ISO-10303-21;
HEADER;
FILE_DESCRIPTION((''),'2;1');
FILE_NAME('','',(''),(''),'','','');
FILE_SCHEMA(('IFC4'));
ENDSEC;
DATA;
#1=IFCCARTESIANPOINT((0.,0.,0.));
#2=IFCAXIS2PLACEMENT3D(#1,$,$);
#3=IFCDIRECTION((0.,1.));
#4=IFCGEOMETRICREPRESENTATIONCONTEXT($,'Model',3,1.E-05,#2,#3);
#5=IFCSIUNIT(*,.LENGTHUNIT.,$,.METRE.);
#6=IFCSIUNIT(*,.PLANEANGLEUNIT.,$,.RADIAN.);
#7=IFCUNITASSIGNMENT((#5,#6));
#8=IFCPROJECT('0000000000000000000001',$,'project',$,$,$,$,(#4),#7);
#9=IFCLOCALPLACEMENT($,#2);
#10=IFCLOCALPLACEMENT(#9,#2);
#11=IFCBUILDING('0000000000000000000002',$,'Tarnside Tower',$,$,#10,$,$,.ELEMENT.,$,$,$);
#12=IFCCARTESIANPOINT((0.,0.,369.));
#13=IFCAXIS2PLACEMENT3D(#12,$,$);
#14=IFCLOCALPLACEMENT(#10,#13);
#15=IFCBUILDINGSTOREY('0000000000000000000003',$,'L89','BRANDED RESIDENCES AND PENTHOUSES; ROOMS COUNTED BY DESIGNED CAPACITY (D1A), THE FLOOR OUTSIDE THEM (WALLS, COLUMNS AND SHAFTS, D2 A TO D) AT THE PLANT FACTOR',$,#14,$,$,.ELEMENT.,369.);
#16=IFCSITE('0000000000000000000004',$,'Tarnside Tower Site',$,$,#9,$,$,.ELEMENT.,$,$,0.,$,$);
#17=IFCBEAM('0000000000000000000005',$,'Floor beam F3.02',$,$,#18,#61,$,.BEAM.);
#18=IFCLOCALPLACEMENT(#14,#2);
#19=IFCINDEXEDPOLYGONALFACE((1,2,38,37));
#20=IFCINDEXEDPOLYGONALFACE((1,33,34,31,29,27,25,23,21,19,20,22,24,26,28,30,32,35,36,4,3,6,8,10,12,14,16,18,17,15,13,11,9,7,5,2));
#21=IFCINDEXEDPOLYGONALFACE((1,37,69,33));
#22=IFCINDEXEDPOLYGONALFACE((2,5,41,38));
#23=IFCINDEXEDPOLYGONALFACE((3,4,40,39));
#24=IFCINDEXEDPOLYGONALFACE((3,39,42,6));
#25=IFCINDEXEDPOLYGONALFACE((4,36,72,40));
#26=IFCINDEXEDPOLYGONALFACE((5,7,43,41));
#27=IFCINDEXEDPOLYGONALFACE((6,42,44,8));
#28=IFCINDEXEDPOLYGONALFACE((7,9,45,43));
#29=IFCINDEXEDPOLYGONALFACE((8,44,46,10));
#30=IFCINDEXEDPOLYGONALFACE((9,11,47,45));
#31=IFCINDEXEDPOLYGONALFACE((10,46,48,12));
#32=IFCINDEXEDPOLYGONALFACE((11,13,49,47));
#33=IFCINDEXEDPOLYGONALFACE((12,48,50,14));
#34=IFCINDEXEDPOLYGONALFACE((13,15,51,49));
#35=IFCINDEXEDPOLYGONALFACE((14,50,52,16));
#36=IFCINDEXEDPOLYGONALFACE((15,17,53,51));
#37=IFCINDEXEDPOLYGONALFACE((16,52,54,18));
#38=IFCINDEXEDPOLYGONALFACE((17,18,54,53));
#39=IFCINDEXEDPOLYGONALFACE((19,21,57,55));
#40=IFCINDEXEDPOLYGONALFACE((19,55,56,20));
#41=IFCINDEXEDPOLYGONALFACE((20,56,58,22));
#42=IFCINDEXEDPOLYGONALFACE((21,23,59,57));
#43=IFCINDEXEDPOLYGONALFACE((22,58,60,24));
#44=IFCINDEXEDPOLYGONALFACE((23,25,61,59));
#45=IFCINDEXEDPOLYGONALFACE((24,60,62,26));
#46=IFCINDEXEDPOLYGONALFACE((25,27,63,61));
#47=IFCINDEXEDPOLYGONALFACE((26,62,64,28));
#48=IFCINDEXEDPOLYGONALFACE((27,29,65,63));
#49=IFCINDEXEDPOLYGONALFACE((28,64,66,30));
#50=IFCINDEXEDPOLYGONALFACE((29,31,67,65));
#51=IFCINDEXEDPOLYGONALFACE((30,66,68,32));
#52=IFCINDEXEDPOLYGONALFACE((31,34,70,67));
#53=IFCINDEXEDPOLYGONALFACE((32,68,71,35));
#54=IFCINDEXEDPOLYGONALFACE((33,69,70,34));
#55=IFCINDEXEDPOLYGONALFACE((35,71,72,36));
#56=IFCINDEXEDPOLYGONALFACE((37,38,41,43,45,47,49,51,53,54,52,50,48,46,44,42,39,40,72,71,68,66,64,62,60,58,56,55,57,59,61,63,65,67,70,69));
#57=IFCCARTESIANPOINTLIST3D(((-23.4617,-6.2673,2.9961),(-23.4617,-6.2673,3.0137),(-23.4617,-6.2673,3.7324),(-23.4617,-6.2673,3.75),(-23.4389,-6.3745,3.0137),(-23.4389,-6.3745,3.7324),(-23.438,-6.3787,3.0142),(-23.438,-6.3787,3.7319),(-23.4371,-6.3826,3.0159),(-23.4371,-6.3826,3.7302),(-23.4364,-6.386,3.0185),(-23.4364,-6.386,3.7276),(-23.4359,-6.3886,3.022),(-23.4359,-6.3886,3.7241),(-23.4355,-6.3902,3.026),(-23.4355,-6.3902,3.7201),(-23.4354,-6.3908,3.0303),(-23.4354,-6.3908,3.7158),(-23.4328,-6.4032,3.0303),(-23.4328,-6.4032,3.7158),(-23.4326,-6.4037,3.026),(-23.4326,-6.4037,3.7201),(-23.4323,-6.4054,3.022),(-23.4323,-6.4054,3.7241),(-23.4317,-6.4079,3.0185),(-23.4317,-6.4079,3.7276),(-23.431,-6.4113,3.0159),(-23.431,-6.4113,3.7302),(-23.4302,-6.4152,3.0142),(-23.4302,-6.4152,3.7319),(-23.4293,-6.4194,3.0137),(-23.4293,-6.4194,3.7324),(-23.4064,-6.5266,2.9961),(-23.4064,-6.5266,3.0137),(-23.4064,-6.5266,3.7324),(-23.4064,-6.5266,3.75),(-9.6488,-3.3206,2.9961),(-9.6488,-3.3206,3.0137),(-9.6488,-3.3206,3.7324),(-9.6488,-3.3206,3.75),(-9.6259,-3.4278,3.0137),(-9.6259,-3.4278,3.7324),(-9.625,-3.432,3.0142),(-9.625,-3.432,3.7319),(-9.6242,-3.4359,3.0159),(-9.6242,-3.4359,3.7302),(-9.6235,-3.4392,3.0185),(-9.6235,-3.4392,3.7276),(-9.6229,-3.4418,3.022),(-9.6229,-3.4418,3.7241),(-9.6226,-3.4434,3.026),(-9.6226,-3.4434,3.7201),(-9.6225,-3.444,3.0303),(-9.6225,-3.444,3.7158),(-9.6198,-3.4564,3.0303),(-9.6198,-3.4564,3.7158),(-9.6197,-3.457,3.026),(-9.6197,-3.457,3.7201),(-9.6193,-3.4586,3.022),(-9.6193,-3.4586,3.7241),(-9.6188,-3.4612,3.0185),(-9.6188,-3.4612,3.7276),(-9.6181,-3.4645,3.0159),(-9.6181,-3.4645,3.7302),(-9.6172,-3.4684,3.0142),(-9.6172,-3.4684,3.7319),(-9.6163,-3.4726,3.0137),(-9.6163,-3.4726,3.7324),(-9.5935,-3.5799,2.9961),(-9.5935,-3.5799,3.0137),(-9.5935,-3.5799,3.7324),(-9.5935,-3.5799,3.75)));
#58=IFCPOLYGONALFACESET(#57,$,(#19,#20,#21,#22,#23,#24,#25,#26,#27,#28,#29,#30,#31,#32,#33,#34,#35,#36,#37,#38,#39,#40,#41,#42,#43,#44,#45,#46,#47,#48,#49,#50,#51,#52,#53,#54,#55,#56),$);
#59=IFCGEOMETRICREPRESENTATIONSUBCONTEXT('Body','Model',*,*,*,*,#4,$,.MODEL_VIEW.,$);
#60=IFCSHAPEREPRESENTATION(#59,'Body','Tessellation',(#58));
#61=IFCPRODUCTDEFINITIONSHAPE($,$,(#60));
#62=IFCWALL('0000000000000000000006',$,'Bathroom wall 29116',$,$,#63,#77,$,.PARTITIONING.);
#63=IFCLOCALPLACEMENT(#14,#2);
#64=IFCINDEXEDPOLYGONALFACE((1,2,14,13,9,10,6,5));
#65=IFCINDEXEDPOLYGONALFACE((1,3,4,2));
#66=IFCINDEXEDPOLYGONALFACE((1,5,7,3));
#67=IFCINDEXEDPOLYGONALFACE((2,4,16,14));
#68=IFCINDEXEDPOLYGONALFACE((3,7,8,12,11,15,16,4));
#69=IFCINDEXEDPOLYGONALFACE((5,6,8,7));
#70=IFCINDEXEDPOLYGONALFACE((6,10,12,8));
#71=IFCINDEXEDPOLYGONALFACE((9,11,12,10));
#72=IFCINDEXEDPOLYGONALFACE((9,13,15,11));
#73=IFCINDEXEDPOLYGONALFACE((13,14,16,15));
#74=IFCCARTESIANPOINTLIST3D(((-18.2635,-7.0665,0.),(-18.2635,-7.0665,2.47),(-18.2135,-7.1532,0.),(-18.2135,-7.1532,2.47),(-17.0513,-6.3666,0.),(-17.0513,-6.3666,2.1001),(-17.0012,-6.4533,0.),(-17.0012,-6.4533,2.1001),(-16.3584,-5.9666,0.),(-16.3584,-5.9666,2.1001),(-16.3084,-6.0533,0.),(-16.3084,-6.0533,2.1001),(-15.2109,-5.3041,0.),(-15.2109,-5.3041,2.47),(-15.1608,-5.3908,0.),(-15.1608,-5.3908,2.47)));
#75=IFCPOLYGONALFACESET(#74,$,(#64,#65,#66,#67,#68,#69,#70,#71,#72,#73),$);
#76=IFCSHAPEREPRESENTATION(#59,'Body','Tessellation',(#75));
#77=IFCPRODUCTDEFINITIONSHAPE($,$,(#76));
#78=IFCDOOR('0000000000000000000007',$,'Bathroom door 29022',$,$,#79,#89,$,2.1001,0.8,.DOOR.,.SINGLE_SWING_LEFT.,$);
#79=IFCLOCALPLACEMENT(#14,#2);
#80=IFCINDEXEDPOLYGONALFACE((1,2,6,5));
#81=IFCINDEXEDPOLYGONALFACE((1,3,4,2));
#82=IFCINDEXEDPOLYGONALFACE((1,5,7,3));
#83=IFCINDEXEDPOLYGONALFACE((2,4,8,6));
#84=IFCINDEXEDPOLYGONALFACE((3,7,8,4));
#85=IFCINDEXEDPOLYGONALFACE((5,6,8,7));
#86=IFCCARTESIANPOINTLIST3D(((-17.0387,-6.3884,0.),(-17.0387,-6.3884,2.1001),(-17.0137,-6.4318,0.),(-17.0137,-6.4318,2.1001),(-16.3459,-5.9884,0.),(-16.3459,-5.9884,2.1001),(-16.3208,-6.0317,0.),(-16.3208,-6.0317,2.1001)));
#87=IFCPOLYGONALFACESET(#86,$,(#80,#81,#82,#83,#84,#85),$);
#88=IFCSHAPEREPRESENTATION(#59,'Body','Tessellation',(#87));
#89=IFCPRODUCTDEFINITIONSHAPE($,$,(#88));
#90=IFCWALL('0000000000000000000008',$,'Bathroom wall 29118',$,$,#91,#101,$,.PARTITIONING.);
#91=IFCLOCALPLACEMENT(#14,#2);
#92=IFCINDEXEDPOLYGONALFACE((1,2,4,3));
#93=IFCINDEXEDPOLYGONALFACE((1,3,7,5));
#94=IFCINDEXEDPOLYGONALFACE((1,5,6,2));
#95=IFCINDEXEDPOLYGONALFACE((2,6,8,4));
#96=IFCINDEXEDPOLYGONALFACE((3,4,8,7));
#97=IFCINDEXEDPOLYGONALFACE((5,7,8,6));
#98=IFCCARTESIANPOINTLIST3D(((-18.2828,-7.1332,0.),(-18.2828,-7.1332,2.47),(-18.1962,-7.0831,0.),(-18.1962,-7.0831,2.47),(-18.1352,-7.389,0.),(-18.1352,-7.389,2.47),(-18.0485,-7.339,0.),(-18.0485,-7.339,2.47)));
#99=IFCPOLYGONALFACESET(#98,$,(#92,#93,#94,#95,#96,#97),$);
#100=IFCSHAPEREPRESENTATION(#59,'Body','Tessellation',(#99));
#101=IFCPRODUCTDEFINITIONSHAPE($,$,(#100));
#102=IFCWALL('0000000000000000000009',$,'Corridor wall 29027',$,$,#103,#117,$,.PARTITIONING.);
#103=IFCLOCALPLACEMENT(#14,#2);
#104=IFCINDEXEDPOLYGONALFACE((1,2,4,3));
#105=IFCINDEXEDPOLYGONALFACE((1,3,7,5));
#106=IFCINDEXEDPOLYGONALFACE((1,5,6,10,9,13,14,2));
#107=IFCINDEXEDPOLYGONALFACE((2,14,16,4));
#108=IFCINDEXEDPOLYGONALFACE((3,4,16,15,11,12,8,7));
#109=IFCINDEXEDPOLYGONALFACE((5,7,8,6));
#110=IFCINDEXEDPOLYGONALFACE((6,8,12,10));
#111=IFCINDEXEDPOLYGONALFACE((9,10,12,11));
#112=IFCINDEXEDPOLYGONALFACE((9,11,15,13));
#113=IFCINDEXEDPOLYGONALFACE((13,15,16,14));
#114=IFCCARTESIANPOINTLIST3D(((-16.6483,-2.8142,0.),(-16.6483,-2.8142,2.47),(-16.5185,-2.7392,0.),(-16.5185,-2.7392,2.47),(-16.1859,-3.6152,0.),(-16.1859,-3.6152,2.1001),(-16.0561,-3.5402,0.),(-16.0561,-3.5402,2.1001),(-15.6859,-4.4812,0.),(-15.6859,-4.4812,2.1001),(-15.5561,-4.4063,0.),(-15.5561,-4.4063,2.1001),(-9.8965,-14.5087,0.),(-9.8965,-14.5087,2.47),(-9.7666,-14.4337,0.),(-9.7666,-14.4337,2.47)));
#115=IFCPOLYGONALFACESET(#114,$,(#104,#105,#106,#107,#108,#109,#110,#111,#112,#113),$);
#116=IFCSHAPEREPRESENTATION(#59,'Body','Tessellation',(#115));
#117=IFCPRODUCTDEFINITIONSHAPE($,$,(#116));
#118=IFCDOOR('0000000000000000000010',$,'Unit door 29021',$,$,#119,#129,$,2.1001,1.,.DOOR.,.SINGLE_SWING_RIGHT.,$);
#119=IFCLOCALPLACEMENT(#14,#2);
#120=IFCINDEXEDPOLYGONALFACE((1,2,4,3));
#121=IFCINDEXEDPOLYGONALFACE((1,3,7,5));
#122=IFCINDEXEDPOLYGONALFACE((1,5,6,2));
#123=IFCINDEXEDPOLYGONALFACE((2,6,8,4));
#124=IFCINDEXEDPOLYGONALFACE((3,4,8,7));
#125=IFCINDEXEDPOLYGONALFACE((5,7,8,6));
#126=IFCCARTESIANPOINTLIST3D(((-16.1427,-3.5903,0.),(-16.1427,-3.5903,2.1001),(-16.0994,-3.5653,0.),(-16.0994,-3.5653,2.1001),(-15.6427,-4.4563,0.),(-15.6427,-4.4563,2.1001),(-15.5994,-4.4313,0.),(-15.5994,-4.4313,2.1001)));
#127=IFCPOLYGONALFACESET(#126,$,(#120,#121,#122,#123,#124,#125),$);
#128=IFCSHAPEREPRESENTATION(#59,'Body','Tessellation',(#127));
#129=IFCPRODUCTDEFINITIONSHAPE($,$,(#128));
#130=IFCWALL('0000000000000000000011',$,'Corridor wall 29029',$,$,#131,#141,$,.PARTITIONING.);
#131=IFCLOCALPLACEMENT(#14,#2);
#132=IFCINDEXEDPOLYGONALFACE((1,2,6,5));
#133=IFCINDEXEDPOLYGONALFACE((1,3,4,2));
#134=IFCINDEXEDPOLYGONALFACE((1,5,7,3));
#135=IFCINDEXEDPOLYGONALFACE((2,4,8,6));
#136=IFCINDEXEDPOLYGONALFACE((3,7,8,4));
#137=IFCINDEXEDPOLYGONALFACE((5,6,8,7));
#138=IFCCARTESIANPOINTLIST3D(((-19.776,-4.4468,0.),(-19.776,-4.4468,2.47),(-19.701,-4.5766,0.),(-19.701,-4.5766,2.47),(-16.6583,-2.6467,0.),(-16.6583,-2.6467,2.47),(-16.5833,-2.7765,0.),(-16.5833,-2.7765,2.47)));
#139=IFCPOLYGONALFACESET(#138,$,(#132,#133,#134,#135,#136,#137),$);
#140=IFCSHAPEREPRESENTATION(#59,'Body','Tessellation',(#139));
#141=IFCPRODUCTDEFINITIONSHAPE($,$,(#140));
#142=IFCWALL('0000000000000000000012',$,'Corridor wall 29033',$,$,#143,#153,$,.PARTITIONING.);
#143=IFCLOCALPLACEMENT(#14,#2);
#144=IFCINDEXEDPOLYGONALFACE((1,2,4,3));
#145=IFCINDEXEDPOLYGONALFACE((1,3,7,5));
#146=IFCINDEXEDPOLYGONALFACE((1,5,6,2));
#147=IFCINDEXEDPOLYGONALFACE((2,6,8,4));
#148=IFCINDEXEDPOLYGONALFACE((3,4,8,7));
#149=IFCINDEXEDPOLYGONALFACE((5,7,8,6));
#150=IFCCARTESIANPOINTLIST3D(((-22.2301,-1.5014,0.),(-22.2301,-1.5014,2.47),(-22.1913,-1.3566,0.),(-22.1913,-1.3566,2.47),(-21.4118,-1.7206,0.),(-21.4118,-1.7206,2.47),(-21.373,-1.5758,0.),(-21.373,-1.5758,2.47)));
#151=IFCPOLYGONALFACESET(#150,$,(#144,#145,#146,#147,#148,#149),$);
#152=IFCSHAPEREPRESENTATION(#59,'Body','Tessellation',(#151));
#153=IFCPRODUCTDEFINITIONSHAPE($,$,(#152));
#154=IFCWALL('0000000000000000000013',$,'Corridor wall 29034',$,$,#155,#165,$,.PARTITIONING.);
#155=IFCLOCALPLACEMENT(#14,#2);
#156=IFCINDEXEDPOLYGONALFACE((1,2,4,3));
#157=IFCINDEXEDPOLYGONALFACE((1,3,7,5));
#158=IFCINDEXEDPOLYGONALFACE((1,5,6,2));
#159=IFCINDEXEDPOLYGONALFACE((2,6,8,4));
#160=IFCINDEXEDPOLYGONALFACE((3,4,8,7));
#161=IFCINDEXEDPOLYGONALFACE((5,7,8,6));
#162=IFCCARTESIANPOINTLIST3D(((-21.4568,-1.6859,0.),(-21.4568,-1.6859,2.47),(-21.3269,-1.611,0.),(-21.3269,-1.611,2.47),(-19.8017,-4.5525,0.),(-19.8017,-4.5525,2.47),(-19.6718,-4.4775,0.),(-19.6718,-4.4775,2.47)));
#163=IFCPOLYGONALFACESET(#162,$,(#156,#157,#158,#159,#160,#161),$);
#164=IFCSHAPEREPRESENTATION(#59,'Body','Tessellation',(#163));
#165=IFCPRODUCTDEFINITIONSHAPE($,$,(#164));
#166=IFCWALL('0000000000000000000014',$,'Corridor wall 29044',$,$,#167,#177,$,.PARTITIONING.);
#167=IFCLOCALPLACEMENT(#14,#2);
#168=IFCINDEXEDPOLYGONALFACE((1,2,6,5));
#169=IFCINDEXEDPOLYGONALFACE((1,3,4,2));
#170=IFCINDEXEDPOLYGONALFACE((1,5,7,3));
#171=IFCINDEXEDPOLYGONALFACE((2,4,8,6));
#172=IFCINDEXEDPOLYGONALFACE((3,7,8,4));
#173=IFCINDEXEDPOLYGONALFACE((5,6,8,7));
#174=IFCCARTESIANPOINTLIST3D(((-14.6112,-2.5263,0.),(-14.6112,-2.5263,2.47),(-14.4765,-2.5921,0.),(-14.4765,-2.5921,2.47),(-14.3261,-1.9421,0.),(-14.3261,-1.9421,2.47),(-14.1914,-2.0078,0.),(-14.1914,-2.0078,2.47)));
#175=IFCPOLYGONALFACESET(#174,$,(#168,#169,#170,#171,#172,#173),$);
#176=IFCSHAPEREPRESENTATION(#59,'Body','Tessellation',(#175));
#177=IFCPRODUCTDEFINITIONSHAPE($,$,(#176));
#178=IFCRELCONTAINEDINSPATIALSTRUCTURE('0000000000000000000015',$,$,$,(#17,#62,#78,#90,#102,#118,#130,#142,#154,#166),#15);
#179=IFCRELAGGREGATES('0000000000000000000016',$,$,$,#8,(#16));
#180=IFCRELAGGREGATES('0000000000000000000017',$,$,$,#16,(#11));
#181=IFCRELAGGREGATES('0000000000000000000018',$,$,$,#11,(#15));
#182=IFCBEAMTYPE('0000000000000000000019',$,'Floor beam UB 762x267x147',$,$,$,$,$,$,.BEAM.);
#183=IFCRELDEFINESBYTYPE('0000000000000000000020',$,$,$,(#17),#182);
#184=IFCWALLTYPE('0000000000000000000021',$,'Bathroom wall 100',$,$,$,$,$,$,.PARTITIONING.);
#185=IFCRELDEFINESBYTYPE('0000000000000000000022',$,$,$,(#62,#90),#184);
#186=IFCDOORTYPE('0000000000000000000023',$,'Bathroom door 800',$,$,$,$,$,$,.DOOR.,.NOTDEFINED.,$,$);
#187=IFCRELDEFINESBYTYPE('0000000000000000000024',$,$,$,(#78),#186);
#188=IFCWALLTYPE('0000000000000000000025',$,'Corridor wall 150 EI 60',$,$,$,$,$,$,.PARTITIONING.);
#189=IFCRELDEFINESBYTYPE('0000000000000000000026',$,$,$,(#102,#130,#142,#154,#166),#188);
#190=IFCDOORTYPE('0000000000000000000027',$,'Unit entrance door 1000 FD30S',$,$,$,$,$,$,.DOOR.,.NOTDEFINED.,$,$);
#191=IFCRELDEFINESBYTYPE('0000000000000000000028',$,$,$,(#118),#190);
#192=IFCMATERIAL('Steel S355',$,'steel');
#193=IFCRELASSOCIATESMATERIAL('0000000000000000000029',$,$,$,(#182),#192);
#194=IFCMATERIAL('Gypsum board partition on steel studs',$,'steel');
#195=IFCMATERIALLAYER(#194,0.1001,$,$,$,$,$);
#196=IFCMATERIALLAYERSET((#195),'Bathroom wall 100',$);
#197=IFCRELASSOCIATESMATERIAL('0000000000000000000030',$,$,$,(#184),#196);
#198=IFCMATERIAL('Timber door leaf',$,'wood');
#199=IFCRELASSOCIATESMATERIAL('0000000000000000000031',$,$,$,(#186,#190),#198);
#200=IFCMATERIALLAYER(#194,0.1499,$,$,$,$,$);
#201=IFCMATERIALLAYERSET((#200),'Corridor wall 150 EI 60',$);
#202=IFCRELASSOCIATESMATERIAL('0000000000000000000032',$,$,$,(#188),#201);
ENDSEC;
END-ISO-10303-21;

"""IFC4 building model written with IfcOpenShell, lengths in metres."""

from ifc_helpers import new_model, si_unit, direction, frame, frame_2d, origin, origin_2d, place, context, subcontext, project, spatial, rectangle, i_section, extrude, material, layer, layer_set, material_profile, profile_set, type_object, element, fill, save


model = new_model("IFC4")

# Units and contexts
model_context = context("Model", 3, precision=1e-05, world=origin(), true_north=direction((0.0, 1.0)))
body_context = subcontext(model_context, "Body", "Model", "MODEL_VIEW")
ifc_project = project(units=[si_unit("LENGTHUNIT", "METRE"), si_unit("PLANEANGLEUNIT", "RADIAN")], contexts=[model_context])

# Site, building, storey
site_placement = place(None, origin())
site = spatial("IfcSite", under=ifc_project, at=site_placement, Name="Tarnside Tower Site", CompositionType="ELEMENT", RefElevation=0.0)
building_placement = place(site_placement, origin())
building = spatial("IfcBuilding", under=site, at=building_placement, Name="Tarnside Tower", CompositionType="ELEMENT")
storey_placement = place(building_placement, frame((0.0, 0.0, 369.0)))
storey = spatial("IfcBuildingStorey", under=building, at=storey_placement, Name="L89", Description="BRANDED RESIDENCES AND PENTHOUSES; ROOMS COUNTED BY DESIGNED CAPACITY (D1A), THE FLOOR OUTSIDE THEM (WALLS, COLUMNS AND SHAFTS, D2 A TO D) AT THE PLANT FACTOR", CompositionType="ELEMENT", Elevation=369.0)

# Beam
ifc_material_1 = material(Name="Steel S355", Category="steel")
ifc_material_profile = material_profile(ifc_material_1, i_section(OverallWidth=0.2651, OverallDepth=0.7539, WebThickness=0.0127, FlangeThickness=0.0176, FilletRadius=0.0166, at=origin_2d()), Name="UB 762x267x147")
ifc_profile_set = profile_set([ifc_material_profile], Name="Steel S355")
beam_type = type_object("IfcBeamType", Name="Floor beam UB 762x267x147", PredefinedType="BEAM", material=ifc_profile_set)
beam_placement = place(storey_placement, frame((-23.4341, -6.397, 3.373), z_axis=(0.977993, 0.208639, 0.0), x_axis=(-0.208639, 0.977993, 0.0)))
element("IfcBeam", 1, at=beam_placement, inside=storey, type_object=beam_type, Name="Floor beam F3.02", PredefinedType="BEAM", context=body_context, shape_type="SweptSolid", body=[
    extrude(i_section(OverallWidth=0.2651, OverallDepth=0.7539, WebThickness=0.0127, FlangeThickness=0.0176, FilletRadius=0.0166, at=origin_2d()), origin(), (0.0, 0.0, 1.0), 14.1238),
])

# Wall, opening, door
ifc_material_2 = material(Name="Gypsum board partition on steel studs", Category="steel")
ifc_layer_1 = layer(ifc_material_2, 0.1001)
ifc_layer_set_1 = layer_set([ifc_layer_1], Name="Bathroom wall 100")
wall_type_1 = type_object("IfcWallType", Name="Bathroom wall 100", PredefinedType="PARTITIONING", material=ifc_layer_set_1)
wall_1_placement = place(storey_placement, frame((-18.2385, -7.1099, 0.0), z_axis=(0.0, 0.0, 1.0), x_axis=(0.866031, 0.49999, 0.0)))
wall_1 = element("IfcWall", 2, at=wall_1_placement, inside=storey, type_object=wall_type_1, Name="Bathroom wall 29116", PredefinedType="PARTITIONING", context=body_context, shape_type="SweptSolid", body=[
    extrude(rectangle(XDim=3.5249, YDim=0.1001, at=frame_2d((1.7625, 0.0))), origin(), (0.0, 0.0, 1.0), 2.47),
])
opening_1_placement = place(wall_1_placement, frame((1.3999, 0.0, 0.0)))
opening_1 = element("IfcOpeningElement", 3, at=opening_1_placement, cuts=wall_1, PredefinedType="OPENING", context=body_context, shape_type="SweptSolid", body=[
    extrude(rectangle(XDim=0.8, YDim=2.1001, at=frame_2d((0.3999, 1.05))), frame((0.0, 0.0601, 0.0), z_axis=(0.0, -1.0, 0.0), x_axis=(1.0, 0.0, 0.0)), (0.0, 0.0, 1.0), 0.1201),
])
ifc_material_3 = material(Name="Timber door leaf", Category="wood")
door_type_1 = type_object("IfcDoorType", Name="Bathroom door 800", OperationType="NOTDEFINED", PredefinedType="DOOR", material=ifc_material_3)
door_1_placement = place(opening_1_placement, origin())
door_1 = element("IfcDoor", 4, at=door_1_placement, inside=storey, type_object=door_type_1, Name="Bathroom door 29022", OperationType="SINGLE_SWING_LEFT", OverallHeight=2.1001, OverallWidth=0.8, PredefinedType="DOOR", context=body_context, shape_type="SweptSolid", body=[
    extrude(rectangle(XDim=0.8, YDim=2.1001, at=frame_2d((0.3999, 1.05))), frame((0.0, 0.0249, 0.0), z_axis=(0.0, -1.0, 0.0), x_axis=(1.0, 0.0, 0.0)), (0.0, 0.0, 1.0), 0.05),
])
fill(opening_1, door_1)

# Wall
wall_2_placement = place(storey_placement, frame((-18.2395, -7.1082, 0.0), z_axis=(0.0, 0.0, 1.0), x_axis=(0.499961, -0.866048, 0.0)))
element("IfcWall", 5, at=wall_2_placement, inside=storey, type_object=wall_type_1, Name="Bathroom wall 29118", PredefinedType="PARTITIONING", context=body_context, shape_type="SweptSolid", body=[
    extrude(rectangle(XDim=0.2954, YDim=0.1001, at=frame_2d((0.1477, 0.0))), origin(), (0.0, 0.0, 1.0), 2.47),
])

# Wall, opening, door
ifc_layer_2 = layer(ifc_material_2, 0.1499)
ifc_layer_set_2 = layer_set([ifc_layer_2], Name="Corridor wall 150 EI 60")
wall_type_2 = type_object("IfcWallType", Name="Corridor wall 150 EI 60", PredefinedType="PARTITIONING", material=ifc_layer_set_2)
wall_3_placement = place(storey_placement, frame((-16.5835, -2.7766, 0.0), z_axis=(0.0, 0.0, 1.0), x_axis=(0.500005, -0.866023, 0.0)))
wall_3 = element("IfcWall", 6, at=wall_3_placement, inside=storey, type_object=wall_type_2, Name="Corridor wall 29027", PredefinedType="PARTITIONING", context=body_context, shape_type="SweptSolid", body=[
    extrude(rectangle(XDim=13.5037, YDim=0.1499, at=frame_2d((6.752, 0.0))), origin(), (0.0, 0.0, 1.0), 2.47),
])
opening_2_placement = place(wall_3_placement, frame((0.925, 0.0, 0.0)))
opening_2 = element("IfcOpeningElement", 7, at=opening_2_placement, cuts=wall_3, PredefinedType="OPENING", context=body_context, shape_type="SweptSolid", body=[
    extrude(rectangle(XDim=1.0, YDim=2.1001, at=frame_2d((0.5, 1.05))), frame((0.0, 0.085, 0.0), z_axis=(0.0, -1.0, 0.0), x_axis=(1.0, 0.0, 0.0)), (0.0, 0.0, 1.0), 0.1699),
])
door_type_2 = type_object("IfcDoorType", Name="Unit entrance door 1000 FD30S", OperationType="NOTDEFINED", PredefinedType="DOOR", material=ifc_material_3)
door_2_placement = place(opening_2_placement, origin())
door_2 = element("IfcDoor", 8, at=door_2_placement, inside=storey, type_object=door_type_2, Name="Unit door 29021", OperationType="SINGLE_SWING_RIGHT", OverallHeight=2.1001, OverallWidth=1.0, PredefinedType="DOOR", context=body_context, shape_type="SweptSolid", body=[
    extrude(rectangle(XDim=1.0, YDim=2.1001, at=frame_2d((0.5, 1.05))), frame((0.0, 0.0249, 0.0), z_axis=(0.0, -1.0, 0.0), x_axis=(1.0, 0.0, 0.0)), (0.0, 0.0, 1.0), 0.05),
])
fill(opening_2, door_2)

# Walls
wall_4_placement = place(storey_placement, frame((-19.7385, -4.5117, 0.0), z_axis=(0.0, 0.0, 1.0), x_axis=(0.866018, 0.500012, 0.0)))
element("IfcWall", 9, at=wall_4_placement, inside=storey, type_object=wall_type_2, Name="Corridor wall 29029", PredefinedType="PARTITIONING", context=body_context, shape_type="SweptSolid", body=[
    extrude(rectangle(XDim=3.6001, YDim=0.1499, at=frame_2d((1.8, 0.0))), origin(), (0.0, 0.0, 1.0), 2.47),
])
wall_5_placement = place(storey_placement, frame((-22.2107, -1.429, 0.0), z_axis=(0.0, 0.0, 1.0), x_axis=(0.965938, -0.258774, 0.0)))
element("IfcWall", 10, at=wall_5_placement, inside=storey, type_object=wall_type_2, Name="Corridor wall 29033", PredefinedType="PARTITIONING", context=body_context, shape_type="SweptSolid", body=[
    extrude(rectangle(XDim=0.8472, YDim=0.1499, at=frame_2d((0.4236, 0.0))), origin(), (0.0, 0.0, 1.0), 2.47),
])
wall_6_placement = place(storey_placement, frame((-21.3918, -1.6484, 0.0), z_axis=(0.0, 0.0, 1.0), x_axis=(0.500018, -0.866015, 0.0)))
element("IfcWall", 11, at=wall_6_placement, inside=storey, type_object=wall_type_2, Name="Corridor wall 29034", PredefinedType="PARTITIONING", context=body_context, shape_type="SweptSolid", body=[
    extrude(rectangle(XDim=3.3101, YDim=0.1499, at=frame_2d((1.655, 0.0))), origin(), (0.0, 0.0, 1.0), 2.47),
])
wall_7_placement = place(storey_placement, frame((-14.5439, -2.5593, 0.0), z_axis=(0.0, 0.0, 1.0), x_axis=(0.438631, 0.898667, 0.0)))
element("IfcWall", 12, at=wall_7_placement, inside=storey, type_object=wall_type_2, Name="Corridor wall 29044", PredefinedType="PARTITIONING", context=body_context, shape_type="SweptSolid", body=[
    extrude(rectangle(XDim=0.6501, YDim=0.1499, at=frame_2d((0.3252, 0.0))), origin(), (0.0, 0.0, 1.0), 2.47),
])

save(model, "model.ifc")
